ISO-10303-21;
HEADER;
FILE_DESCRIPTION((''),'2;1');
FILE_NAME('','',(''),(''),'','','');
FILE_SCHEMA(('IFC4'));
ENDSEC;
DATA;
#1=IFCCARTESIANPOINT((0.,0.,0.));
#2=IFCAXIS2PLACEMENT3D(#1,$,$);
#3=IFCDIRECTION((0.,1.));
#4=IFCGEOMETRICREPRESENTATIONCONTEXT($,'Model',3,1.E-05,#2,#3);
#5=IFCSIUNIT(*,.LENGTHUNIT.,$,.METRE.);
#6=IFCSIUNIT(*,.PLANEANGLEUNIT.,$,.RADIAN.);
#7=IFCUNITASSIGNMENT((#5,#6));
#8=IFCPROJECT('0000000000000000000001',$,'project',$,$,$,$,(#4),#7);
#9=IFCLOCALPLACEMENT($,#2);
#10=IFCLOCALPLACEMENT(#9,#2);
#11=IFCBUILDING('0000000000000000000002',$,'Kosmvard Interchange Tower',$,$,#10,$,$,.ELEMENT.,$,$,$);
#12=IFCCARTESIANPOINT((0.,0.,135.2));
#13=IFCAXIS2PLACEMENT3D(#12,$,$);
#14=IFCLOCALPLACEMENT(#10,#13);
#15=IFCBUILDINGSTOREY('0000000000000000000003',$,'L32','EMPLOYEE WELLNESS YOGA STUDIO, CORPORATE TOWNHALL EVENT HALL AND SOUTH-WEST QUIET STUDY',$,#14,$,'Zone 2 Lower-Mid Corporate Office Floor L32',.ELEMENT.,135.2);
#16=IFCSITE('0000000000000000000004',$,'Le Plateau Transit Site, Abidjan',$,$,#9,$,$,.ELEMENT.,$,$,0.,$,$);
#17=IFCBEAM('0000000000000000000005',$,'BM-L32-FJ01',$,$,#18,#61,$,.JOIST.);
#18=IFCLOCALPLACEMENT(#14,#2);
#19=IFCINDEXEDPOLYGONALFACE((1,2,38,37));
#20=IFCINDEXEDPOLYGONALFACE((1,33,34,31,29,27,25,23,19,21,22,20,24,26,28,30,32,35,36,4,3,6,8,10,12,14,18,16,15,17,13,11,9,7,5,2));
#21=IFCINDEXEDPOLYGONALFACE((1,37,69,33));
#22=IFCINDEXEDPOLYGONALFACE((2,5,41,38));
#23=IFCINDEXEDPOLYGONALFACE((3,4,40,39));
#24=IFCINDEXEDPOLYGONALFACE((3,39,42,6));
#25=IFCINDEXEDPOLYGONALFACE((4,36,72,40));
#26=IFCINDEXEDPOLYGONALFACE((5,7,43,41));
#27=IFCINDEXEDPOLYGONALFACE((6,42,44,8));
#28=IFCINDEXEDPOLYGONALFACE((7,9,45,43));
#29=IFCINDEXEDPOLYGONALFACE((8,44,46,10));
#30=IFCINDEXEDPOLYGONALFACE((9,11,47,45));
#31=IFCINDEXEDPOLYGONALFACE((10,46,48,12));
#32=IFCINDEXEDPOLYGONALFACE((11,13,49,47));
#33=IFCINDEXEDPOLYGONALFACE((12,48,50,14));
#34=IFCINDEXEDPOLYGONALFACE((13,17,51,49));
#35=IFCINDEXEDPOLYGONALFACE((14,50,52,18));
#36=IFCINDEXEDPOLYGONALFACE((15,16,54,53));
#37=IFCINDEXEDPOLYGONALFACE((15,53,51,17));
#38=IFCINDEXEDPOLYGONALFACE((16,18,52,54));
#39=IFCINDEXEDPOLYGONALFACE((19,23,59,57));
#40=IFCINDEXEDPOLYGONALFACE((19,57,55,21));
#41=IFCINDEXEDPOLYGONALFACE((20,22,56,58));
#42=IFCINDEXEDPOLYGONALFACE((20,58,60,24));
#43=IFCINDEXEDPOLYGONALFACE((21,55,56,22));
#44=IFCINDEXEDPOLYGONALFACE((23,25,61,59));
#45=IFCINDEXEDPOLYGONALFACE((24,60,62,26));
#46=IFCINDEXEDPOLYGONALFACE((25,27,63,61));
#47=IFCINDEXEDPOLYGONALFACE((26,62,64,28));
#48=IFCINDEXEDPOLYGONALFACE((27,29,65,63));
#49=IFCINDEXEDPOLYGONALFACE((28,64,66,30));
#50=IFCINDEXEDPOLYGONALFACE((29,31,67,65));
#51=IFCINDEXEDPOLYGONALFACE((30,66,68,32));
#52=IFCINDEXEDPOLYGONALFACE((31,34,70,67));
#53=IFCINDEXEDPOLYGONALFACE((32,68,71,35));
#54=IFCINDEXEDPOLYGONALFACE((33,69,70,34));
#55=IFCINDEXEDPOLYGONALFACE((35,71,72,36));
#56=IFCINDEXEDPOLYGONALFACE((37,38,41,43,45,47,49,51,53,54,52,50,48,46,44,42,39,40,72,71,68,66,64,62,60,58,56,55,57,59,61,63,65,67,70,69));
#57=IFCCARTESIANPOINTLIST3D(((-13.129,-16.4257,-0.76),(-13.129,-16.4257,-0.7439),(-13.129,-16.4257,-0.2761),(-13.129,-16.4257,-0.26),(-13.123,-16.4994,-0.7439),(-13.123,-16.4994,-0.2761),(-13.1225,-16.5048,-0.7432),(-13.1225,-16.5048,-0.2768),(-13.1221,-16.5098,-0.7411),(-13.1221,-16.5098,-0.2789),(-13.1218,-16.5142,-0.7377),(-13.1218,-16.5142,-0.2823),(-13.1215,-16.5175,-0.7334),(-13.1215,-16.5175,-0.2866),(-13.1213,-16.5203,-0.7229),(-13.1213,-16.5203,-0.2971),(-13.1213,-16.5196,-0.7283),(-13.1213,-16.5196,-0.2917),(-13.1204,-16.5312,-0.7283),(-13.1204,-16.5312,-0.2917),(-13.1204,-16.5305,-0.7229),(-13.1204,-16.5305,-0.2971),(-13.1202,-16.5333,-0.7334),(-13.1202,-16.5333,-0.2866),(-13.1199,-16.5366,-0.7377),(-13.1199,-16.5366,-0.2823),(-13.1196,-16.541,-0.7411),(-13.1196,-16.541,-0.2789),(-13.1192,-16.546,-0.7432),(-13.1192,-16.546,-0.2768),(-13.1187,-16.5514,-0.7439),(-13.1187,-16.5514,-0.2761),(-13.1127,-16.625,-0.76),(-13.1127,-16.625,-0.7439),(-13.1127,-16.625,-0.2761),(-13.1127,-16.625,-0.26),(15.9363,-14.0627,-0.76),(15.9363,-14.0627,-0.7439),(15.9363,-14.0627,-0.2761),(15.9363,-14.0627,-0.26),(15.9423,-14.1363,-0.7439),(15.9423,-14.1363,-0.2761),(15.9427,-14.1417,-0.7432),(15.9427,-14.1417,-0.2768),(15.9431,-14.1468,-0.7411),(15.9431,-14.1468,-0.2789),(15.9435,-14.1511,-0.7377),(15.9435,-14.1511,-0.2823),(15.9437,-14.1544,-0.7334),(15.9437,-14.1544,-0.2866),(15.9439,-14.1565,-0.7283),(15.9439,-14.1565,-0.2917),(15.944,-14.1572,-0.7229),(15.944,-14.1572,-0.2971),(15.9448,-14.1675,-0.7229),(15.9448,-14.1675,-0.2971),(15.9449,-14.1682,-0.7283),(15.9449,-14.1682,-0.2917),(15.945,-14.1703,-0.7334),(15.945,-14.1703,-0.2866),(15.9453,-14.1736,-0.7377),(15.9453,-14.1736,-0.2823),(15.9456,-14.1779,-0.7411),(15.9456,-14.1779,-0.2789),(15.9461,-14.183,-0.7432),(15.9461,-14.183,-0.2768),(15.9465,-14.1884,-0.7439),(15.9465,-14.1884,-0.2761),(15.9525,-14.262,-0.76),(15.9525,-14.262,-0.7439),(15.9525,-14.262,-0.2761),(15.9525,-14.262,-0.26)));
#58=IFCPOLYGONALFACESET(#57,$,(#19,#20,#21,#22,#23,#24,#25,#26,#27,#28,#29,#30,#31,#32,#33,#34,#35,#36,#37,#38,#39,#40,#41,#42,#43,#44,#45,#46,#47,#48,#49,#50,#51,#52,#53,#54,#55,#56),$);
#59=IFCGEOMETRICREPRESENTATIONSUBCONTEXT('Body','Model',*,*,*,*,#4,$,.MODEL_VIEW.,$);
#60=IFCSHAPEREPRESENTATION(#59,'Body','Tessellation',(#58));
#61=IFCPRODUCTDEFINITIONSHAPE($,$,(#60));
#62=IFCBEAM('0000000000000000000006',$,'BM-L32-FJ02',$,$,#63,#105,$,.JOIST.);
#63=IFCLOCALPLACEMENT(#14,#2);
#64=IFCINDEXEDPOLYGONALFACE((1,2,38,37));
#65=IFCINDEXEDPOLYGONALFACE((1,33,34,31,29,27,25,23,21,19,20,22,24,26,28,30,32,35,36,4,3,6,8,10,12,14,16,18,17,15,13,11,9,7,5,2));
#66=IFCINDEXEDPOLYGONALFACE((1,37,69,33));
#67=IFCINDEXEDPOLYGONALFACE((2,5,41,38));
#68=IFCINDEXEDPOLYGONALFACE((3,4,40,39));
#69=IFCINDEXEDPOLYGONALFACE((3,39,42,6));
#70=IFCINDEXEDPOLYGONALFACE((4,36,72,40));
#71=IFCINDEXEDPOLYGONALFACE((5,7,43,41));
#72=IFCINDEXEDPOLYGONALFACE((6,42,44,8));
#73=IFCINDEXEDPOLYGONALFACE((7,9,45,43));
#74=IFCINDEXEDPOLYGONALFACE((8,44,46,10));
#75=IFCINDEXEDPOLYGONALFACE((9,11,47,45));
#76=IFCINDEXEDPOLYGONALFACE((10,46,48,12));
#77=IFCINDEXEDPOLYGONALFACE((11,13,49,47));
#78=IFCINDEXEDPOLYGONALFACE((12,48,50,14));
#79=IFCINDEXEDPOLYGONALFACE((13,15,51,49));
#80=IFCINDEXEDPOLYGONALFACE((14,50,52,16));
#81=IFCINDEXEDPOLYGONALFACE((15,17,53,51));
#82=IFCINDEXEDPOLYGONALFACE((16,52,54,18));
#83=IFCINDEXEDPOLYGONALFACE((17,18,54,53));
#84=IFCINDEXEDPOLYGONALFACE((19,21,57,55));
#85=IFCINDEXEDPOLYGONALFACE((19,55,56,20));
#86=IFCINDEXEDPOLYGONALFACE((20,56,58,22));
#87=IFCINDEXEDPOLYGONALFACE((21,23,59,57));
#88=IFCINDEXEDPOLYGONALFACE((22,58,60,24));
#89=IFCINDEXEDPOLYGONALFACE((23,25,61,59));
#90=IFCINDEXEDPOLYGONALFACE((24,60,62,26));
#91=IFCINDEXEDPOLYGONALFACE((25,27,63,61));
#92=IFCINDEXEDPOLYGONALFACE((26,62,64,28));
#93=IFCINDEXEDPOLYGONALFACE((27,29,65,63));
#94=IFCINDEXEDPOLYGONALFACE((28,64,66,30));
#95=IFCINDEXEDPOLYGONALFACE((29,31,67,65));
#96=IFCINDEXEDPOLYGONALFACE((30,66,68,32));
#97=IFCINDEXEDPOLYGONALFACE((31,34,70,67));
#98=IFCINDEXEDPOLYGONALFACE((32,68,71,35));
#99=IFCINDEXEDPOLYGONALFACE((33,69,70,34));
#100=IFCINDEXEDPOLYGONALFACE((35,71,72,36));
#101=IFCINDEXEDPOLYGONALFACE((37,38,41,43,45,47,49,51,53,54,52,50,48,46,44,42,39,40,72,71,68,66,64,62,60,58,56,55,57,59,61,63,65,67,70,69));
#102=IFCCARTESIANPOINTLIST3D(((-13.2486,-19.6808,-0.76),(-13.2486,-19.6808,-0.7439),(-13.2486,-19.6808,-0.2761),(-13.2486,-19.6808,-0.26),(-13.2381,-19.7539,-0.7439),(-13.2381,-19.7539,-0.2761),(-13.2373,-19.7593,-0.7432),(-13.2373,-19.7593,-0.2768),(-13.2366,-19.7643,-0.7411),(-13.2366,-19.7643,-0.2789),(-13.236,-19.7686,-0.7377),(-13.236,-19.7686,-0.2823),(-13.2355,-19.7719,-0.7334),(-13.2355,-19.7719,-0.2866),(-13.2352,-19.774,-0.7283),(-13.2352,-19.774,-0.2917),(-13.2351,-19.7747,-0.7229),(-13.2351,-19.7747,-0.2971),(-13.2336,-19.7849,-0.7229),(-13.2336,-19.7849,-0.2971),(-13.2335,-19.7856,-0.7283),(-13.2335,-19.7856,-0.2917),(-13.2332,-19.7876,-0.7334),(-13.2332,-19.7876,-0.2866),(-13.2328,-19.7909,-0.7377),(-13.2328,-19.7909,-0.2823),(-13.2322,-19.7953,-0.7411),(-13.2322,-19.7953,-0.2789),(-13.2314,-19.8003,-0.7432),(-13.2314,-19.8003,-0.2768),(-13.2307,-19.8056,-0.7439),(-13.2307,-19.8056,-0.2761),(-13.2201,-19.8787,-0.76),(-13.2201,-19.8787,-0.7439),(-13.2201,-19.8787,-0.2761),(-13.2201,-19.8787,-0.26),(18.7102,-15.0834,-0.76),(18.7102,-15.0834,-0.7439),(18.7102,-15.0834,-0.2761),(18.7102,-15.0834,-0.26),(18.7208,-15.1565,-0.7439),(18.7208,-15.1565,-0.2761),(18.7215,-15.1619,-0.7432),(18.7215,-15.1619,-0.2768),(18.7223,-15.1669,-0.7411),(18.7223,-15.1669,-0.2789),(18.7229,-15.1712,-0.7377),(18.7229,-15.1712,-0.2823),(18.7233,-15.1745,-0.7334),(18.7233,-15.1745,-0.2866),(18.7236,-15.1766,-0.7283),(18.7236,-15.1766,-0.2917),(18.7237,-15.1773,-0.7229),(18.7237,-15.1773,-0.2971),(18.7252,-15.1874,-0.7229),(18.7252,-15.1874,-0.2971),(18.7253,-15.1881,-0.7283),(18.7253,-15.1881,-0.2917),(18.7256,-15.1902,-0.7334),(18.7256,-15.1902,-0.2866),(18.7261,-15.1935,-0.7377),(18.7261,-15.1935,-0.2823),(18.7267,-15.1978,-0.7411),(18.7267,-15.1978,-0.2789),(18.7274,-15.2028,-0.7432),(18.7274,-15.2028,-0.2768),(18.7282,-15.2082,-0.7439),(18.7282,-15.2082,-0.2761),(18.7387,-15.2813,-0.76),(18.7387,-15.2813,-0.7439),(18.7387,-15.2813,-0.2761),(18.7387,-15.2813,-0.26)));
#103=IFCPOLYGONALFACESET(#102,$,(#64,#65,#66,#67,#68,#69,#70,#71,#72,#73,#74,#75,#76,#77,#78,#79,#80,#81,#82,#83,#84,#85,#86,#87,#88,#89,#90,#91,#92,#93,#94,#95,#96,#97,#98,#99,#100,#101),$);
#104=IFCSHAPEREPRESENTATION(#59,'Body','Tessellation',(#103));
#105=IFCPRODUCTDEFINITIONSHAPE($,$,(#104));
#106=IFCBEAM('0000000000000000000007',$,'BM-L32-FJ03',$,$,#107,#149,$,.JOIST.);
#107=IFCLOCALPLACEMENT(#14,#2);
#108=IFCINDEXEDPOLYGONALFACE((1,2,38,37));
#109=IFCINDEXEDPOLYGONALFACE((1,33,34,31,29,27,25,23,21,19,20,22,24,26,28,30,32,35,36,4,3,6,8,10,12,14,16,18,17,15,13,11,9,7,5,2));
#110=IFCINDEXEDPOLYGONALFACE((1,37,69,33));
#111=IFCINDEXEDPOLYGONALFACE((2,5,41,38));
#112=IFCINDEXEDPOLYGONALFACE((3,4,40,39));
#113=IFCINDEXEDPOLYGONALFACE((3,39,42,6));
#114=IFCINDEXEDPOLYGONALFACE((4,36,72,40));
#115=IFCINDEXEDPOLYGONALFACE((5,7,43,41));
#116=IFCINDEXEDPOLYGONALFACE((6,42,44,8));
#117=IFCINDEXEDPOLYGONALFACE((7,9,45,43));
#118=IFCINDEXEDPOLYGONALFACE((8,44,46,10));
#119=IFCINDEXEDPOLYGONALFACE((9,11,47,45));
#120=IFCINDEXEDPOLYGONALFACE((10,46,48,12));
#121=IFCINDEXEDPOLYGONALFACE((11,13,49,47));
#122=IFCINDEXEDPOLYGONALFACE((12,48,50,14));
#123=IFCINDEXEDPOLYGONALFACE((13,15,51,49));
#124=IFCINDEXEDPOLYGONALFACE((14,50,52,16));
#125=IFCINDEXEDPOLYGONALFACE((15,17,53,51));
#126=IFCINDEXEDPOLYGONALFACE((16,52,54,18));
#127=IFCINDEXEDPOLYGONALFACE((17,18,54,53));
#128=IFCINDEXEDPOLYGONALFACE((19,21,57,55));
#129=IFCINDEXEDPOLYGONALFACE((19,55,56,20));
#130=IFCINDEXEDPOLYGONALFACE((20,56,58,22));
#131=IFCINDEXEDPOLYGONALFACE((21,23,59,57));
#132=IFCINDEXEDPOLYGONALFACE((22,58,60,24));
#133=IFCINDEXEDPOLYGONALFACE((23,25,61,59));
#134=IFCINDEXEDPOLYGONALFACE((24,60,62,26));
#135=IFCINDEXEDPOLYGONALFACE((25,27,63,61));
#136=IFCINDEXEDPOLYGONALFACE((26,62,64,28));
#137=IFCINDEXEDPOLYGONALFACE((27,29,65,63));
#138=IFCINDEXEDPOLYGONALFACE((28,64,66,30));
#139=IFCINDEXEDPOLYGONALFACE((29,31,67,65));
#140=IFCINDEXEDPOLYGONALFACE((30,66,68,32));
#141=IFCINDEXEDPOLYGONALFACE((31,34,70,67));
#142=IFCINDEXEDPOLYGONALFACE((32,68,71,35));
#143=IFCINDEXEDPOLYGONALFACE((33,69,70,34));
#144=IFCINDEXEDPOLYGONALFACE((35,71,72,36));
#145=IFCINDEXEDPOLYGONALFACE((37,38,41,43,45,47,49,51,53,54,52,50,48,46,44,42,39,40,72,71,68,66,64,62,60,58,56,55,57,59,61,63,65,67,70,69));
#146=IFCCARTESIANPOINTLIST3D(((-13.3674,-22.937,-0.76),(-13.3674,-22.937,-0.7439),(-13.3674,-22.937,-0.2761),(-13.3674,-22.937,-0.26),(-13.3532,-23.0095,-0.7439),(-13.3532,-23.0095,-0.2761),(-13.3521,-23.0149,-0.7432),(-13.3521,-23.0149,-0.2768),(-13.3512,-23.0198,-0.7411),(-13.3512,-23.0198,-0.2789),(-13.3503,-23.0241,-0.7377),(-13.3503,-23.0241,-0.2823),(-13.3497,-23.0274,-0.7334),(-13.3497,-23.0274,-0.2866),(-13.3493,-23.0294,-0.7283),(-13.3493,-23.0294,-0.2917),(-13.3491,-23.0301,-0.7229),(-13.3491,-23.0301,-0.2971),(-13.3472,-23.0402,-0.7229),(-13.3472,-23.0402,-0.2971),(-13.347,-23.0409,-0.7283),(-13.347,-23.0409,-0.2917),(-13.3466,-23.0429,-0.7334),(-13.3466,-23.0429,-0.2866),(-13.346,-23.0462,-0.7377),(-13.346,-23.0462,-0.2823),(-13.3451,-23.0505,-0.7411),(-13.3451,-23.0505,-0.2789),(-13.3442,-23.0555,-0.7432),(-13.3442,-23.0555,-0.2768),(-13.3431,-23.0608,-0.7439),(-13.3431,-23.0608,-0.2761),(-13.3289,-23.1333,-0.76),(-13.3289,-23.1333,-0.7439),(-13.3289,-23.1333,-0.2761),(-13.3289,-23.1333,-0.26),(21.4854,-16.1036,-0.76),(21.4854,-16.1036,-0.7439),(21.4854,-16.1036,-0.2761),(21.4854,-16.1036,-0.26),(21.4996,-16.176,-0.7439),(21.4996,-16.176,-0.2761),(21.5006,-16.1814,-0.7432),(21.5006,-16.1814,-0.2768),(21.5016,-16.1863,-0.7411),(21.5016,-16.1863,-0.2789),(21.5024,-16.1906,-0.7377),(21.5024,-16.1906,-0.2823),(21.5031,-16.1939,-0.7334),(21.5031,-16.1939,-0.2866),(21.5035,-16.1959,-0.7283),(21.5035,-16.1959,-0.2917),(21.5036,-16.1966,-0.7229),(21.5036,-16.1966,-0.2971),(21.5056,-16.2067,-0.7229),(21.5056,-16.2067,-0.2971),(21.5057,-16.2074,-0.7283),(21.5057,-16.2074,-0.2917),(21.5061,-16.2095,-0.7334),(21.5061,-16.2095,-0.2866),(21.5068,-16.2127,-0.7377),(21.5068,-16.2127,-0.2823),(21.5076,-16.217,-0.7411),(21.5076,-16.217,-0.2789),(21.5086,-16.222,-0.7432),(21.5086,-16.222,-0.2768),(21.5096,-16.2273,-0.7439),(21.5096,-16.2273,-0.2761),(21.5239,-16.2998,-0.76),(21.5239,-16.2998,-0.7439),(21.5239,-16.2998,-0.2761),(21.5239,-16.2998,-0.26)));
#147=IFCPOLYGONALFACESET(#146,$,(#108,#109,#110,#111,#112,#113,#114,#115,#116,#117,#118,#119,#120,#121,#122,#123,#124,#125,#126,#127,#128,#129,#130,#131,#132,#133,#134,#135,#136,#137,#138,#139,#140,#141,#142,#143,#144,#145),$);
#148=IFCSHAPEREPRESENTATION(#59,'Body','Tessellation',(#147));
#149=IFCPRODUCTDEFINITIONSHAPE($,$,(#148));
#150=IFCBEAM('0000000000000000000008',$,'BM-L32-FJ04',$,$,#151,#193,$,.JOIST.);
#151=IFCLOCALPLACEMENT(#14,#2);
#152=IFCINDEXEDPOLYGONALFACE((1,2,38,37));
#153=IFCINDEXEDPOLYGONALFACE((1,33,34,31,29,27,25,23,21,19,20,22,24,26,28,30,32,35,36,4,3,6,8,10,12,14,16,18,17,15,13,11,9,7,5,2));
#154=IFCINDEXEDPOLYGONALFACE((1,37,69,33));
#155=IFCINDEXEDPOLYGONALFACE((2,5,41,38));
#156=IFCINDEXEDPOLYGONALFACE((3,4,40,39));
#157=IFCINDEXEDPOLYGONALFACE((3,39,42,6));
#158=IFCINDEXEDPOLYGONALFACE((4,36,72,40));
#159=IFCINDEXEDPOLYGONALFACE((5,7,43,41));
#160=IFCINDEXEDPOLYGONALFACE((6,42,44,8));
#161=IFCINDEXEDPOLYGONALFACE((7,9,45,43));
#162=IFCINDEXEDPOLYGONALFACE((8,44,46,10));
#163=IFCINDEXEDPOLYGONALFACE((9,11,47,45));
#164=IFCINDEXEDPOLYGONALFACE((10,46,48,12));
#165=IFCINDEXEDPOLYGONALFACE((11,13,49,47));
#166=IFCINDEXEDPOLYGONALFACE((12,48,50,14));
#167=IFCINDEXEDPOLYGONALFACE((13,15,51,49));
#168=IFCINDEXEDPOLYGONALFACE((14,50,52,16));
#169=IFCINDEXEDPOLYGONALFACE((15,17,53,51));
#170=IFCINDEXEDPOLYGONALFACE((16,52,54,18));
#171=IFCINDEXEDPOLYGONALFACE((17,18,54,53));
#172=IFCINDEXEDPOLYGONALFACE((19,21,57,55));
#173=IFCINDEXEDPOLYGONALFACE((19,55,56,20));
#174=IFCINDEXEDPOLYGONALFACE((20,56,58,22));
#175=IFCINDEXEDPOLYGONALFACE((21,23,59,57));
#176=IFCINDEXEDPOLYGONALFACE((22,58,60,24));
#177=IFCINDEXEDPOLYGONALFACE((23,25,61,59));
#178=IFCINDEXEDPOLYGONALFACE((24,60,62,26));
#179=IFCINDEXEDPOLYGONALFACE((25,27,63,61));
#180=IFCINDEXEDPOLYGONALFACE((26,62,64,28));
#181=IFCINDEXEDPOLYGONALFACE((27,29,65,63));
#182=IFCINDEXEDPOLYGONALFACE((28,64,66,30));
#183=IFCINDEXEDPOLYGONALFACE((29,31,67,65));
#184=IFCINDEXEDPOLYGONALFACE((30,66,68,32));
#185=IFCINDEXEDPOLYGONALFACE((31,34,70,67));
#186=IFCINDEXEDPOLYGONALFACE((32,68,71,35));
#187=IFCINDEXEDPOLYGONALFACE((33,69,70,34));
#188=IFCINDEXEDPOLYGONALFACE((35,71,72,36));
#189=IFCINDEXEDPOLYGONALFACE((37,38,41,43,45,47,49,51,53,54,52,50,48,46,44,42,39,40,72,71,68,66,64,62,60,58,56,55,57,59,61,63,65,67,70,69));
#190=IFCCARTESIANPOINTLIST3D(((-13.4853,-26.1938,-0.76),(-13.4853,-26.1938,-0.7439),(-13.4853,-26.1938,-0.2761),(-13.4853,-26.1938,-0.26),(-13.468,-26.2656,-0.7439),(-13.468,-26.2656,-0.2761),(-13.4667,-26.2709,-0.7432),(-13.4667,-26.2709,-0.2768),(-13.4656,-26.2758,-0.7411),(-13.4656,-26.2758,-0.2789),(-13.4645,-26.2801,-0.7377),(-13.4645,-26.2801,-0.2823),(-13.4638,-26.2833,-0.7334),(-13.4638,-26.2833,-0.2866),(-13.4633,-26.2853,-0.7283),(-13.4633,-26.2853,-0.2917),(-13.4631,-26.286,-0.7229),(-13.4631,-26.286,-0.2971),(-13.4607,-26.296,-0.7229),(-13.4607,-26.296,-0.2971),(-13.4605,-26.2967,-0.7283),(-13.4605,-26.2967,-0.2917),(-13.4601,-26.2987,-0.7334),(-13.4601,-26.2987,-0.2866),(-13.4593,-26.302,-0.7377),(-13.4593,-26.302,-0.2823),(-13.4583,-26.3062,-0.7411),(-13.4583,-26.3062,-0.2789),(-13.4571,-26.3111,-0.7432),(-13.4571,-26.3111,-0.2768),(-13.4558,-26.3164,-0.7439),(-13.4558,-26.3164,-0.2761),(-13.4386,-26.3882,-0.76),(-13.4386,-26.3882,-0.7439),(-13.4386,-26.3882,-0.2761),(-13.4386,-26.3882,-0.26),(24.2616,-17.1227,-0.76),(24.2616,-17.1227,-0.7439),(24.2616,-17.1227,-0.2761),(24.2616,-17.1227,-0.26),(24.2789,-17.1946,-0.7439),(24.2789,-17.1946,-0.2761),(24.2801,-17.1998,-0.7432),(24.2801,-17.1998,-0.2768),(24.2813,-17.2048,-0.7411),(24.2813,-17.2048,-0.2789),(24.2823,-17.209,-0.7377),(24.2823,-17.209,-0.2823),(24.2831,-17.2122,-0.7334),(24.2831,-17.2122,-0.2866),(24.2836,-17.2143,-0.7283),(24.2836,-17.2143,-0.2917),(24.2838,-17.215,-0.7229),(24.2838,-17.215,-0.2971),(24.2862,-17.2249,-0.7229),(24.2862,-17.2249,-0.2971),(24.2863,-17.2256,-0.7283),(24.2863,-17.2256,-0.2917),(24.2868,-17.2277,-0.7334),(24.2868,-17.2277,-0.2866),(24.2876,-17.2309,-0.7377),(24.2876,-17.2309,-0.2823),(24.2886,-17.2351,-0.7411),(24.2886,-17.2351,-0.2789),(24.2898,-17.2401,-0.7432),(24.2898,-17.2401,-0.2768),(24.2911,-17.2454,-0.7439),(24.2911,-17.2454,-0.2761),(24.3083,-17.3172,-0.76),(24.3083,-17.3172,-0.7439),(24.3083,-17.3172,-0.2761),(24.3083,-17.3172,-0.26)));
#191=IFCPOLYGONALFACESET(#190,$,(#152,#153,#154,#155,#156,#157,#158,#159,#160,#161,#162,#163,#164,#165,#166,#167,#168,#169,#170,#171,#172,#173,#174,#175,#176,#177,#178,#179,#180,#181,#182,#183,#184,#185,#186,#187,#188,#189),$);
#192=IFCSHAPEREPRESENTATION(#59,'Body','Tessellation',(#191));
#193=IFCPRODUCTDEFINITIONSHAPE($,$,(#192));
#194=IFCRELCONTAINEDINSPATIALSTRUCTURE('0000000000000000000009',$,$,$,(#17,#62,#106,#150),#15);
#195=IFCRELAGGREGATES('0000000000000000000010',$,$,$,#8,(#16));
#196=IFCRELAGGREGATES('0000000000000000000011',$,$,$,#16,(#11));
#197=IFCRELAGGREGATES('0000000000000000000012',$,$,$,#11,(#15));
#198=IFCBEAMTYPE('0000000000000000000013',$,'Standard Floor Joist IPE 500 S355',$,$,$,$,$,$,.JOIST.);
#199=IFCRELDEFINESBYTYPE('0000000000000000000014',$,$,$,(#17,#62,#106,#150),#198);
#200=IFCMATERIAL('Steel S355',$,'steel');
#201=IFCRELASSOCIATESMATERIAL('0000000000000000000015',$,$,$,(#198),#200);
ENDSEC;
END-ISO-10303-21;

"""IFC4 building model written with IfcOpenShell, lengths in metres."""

from ifc_helpers import new_model, si_unit, direction, frame, origin, origin_2d, place, context, subcontext, project, spatial, i_section, extrude, source, transform, mapped, material, material_profile, profile_set, type_object, element, save


model = new_model("IFC4")

# Units and contexts
model_context = context("Model", 3, precision=1e-05, world=origin(), true_north=direction((0.0, 1.0)))
body_context = subcontext(model_context, "Body", "Model", "MODEL_VIEW")
ifc_project = project(units=[si_unit("LENGTHUNIT", "METRE"), si_unit("PLANEANGLEUNIT", "RADIAN")], contexts=[model_context])

# Site, building, storey
site_placement = place(None, origin())
site = spatial("IfcSite", under=ifc_project, at=site_placement, Name="Le Plateau Transit Site, Abidjan", CompositionType="ELEMENT", RefElevation=0.0)
building_placement = place(site_placement, origin())
building = spatial("IfcBuilding", under=site, at=building_placement, Name="Kosmvard Interchange Tower", CompositionType="ELEMENT")
storey_placement = place(building_placement, frame((0.0, 0.0, 135.2)))
storey = spatial("IfcBuildingStorey", under=building, at=storey_placement, Name="L32", Description="EMPLOYEE WELLNESS YOGA STUDIO, CORPORATE TOWNHALL EVENT HALL AND SOUTH-WEST QUIET STUDY", LongName="Zone 2 Lower-Mid Corporate Office Floor L32", CompositionType="ELEMENT", Elevation=135.2)

# Beams
ifc_material_1 = material(Name="Steel S355", Category="steel")
ifc_material_profile_1 = material_profile(ifc_material_1, i_section(OverallWidth=0.2, OverallDepth=0.5, WebThickness=0.0103, FlangeThickness=0.0161, FilletRadius=0.021, at=origin_2d()), Name="IPE 500")
ifc_profile_set_1 = profile_set([ifc_material_profile_1], Name="Steel S355")
beam_type_1 = type_object("IfcBeamType", Name="Standard Floor Joist IPE 500 S355", PredefinedType="JOIST", material=ifc_profile_set_1)
shared_shape_1 = source(origin(), body_context, "Body", "SweptSolid", [
    extrude(i_section(OverallWidth=0.2, OverallDepth=0.5, WebThickness=0.0103, FlangeThickness=0.0161, FilletRadius=0.021, at=origin_2d()), origin(), (0.0, 0.0, 1.0), 29.1611),
])
beam_1_placement = place(storey_placement, frame((-13.1208, -16.5254, -0.51), z_axis=(0.996711, 0.081034, 0.0), x_axis=(-0.081034, 0.996711, 0.0)))
element("IfcBeam", 1, at=beam_1_placement, inside=storey, type_object=beam_type_1, Name="BM-L32-FJ01", PredefinedType="JOIST", context=body_context, shape_type="MappedRepresentation", body=[
    mapped(shared_shape_1, transform((0.0, 0.0, 0.0), scale=1.0)),
])
shared_shape_2 = source(origin(), body_context, "Body", "SweptSolid", [
    extrude(i_section(OverallWidth=0.2, OverallDepth=0.5, WebThickness=0.0103, FlangeThickness=0.0161, FilletRadius=0.021, at=origin_2d()), origin(), (0.0, 0.0, 1.0), 32.2878),
])
beam_2_placement = place(storey_placement, frame((-13.2344, -19.7798, -0.51), z_axis=(0.989811, 0.142389, 0.0), x_axis=(-0.142389, 0.989811, 0.0)))
element("IfcBeam", 2, at=beam_2_placement, inside=storey, type_object=beam_type_1, Name="BM-L32-FJ02", PredefinedType="JOIST", context=body_context, shape_type="MappedRepresentation", body=[
    mapped(shared_shape_2, transform((0.0, 0.0, 0.0), scale=1.0)),
])
shared_shape_3 = source(origin(), body_context, "Body", "SweptSolid", [
    extrude(i_section(OverallWidth=0.2, OverallDepth=0.5, WebThickness=0.0103, FlangeThickness=0.0161, FilletRadius=0.021, at=origin_2d()), origin(), (0.0, 0.0, 1.0), 35.5164),
])
beam_3_placement = place(storey_placement, frame((-13.3481, -23.0352, -0.51), z_axis=(0.981316, 0.192404, 0.0), x_axis=(-0.192404, 0.981316, 0.0)))
element("IfcBeam", 3, at=beam_3_placement, inside=storey, type_object=beam_type_1, Name="BM-L32-FJ03", PredefinedType="JOIST", context=body_context, shape_type="MappedRepresentation", body=[
    mapped(shared_shape_3, transform((0.0, 0.0, 0.0), scale=1.0)),
])
shared_shape_4 = source(origin(), body_context, "Body", "SweptSolid", [
    extrude(i_section(OverallWidth=0.2, OverallDepth=0.5, WebThickness=0.0103, FlangeThickness=0.0161, FilletRadius=0.021, at=origin_2d()), origin(), (0.0, 0.0, 1.0), 38.8215),
])
beam_4_placement = place(storey_placement, frame((-13.4619, -26.291, -0.51), z_axis=(0.972318, 0.233661, 0.0), x_axis=(-0.233661, 0.972318, 0.0)))
element("IfcBeam", 4, at=beam_4_placement, inside=storey, type_object=beam_type_1, Name="BM-L32-FJ04", PredefinedType="JOIST", context=body_context, shape_type="MappedRepresentation", body=[
    mapped(shared_shape_4, transform((0.0, 0.0, 0.0), scale=1.0)),
])

save(model, "model.ifc")
